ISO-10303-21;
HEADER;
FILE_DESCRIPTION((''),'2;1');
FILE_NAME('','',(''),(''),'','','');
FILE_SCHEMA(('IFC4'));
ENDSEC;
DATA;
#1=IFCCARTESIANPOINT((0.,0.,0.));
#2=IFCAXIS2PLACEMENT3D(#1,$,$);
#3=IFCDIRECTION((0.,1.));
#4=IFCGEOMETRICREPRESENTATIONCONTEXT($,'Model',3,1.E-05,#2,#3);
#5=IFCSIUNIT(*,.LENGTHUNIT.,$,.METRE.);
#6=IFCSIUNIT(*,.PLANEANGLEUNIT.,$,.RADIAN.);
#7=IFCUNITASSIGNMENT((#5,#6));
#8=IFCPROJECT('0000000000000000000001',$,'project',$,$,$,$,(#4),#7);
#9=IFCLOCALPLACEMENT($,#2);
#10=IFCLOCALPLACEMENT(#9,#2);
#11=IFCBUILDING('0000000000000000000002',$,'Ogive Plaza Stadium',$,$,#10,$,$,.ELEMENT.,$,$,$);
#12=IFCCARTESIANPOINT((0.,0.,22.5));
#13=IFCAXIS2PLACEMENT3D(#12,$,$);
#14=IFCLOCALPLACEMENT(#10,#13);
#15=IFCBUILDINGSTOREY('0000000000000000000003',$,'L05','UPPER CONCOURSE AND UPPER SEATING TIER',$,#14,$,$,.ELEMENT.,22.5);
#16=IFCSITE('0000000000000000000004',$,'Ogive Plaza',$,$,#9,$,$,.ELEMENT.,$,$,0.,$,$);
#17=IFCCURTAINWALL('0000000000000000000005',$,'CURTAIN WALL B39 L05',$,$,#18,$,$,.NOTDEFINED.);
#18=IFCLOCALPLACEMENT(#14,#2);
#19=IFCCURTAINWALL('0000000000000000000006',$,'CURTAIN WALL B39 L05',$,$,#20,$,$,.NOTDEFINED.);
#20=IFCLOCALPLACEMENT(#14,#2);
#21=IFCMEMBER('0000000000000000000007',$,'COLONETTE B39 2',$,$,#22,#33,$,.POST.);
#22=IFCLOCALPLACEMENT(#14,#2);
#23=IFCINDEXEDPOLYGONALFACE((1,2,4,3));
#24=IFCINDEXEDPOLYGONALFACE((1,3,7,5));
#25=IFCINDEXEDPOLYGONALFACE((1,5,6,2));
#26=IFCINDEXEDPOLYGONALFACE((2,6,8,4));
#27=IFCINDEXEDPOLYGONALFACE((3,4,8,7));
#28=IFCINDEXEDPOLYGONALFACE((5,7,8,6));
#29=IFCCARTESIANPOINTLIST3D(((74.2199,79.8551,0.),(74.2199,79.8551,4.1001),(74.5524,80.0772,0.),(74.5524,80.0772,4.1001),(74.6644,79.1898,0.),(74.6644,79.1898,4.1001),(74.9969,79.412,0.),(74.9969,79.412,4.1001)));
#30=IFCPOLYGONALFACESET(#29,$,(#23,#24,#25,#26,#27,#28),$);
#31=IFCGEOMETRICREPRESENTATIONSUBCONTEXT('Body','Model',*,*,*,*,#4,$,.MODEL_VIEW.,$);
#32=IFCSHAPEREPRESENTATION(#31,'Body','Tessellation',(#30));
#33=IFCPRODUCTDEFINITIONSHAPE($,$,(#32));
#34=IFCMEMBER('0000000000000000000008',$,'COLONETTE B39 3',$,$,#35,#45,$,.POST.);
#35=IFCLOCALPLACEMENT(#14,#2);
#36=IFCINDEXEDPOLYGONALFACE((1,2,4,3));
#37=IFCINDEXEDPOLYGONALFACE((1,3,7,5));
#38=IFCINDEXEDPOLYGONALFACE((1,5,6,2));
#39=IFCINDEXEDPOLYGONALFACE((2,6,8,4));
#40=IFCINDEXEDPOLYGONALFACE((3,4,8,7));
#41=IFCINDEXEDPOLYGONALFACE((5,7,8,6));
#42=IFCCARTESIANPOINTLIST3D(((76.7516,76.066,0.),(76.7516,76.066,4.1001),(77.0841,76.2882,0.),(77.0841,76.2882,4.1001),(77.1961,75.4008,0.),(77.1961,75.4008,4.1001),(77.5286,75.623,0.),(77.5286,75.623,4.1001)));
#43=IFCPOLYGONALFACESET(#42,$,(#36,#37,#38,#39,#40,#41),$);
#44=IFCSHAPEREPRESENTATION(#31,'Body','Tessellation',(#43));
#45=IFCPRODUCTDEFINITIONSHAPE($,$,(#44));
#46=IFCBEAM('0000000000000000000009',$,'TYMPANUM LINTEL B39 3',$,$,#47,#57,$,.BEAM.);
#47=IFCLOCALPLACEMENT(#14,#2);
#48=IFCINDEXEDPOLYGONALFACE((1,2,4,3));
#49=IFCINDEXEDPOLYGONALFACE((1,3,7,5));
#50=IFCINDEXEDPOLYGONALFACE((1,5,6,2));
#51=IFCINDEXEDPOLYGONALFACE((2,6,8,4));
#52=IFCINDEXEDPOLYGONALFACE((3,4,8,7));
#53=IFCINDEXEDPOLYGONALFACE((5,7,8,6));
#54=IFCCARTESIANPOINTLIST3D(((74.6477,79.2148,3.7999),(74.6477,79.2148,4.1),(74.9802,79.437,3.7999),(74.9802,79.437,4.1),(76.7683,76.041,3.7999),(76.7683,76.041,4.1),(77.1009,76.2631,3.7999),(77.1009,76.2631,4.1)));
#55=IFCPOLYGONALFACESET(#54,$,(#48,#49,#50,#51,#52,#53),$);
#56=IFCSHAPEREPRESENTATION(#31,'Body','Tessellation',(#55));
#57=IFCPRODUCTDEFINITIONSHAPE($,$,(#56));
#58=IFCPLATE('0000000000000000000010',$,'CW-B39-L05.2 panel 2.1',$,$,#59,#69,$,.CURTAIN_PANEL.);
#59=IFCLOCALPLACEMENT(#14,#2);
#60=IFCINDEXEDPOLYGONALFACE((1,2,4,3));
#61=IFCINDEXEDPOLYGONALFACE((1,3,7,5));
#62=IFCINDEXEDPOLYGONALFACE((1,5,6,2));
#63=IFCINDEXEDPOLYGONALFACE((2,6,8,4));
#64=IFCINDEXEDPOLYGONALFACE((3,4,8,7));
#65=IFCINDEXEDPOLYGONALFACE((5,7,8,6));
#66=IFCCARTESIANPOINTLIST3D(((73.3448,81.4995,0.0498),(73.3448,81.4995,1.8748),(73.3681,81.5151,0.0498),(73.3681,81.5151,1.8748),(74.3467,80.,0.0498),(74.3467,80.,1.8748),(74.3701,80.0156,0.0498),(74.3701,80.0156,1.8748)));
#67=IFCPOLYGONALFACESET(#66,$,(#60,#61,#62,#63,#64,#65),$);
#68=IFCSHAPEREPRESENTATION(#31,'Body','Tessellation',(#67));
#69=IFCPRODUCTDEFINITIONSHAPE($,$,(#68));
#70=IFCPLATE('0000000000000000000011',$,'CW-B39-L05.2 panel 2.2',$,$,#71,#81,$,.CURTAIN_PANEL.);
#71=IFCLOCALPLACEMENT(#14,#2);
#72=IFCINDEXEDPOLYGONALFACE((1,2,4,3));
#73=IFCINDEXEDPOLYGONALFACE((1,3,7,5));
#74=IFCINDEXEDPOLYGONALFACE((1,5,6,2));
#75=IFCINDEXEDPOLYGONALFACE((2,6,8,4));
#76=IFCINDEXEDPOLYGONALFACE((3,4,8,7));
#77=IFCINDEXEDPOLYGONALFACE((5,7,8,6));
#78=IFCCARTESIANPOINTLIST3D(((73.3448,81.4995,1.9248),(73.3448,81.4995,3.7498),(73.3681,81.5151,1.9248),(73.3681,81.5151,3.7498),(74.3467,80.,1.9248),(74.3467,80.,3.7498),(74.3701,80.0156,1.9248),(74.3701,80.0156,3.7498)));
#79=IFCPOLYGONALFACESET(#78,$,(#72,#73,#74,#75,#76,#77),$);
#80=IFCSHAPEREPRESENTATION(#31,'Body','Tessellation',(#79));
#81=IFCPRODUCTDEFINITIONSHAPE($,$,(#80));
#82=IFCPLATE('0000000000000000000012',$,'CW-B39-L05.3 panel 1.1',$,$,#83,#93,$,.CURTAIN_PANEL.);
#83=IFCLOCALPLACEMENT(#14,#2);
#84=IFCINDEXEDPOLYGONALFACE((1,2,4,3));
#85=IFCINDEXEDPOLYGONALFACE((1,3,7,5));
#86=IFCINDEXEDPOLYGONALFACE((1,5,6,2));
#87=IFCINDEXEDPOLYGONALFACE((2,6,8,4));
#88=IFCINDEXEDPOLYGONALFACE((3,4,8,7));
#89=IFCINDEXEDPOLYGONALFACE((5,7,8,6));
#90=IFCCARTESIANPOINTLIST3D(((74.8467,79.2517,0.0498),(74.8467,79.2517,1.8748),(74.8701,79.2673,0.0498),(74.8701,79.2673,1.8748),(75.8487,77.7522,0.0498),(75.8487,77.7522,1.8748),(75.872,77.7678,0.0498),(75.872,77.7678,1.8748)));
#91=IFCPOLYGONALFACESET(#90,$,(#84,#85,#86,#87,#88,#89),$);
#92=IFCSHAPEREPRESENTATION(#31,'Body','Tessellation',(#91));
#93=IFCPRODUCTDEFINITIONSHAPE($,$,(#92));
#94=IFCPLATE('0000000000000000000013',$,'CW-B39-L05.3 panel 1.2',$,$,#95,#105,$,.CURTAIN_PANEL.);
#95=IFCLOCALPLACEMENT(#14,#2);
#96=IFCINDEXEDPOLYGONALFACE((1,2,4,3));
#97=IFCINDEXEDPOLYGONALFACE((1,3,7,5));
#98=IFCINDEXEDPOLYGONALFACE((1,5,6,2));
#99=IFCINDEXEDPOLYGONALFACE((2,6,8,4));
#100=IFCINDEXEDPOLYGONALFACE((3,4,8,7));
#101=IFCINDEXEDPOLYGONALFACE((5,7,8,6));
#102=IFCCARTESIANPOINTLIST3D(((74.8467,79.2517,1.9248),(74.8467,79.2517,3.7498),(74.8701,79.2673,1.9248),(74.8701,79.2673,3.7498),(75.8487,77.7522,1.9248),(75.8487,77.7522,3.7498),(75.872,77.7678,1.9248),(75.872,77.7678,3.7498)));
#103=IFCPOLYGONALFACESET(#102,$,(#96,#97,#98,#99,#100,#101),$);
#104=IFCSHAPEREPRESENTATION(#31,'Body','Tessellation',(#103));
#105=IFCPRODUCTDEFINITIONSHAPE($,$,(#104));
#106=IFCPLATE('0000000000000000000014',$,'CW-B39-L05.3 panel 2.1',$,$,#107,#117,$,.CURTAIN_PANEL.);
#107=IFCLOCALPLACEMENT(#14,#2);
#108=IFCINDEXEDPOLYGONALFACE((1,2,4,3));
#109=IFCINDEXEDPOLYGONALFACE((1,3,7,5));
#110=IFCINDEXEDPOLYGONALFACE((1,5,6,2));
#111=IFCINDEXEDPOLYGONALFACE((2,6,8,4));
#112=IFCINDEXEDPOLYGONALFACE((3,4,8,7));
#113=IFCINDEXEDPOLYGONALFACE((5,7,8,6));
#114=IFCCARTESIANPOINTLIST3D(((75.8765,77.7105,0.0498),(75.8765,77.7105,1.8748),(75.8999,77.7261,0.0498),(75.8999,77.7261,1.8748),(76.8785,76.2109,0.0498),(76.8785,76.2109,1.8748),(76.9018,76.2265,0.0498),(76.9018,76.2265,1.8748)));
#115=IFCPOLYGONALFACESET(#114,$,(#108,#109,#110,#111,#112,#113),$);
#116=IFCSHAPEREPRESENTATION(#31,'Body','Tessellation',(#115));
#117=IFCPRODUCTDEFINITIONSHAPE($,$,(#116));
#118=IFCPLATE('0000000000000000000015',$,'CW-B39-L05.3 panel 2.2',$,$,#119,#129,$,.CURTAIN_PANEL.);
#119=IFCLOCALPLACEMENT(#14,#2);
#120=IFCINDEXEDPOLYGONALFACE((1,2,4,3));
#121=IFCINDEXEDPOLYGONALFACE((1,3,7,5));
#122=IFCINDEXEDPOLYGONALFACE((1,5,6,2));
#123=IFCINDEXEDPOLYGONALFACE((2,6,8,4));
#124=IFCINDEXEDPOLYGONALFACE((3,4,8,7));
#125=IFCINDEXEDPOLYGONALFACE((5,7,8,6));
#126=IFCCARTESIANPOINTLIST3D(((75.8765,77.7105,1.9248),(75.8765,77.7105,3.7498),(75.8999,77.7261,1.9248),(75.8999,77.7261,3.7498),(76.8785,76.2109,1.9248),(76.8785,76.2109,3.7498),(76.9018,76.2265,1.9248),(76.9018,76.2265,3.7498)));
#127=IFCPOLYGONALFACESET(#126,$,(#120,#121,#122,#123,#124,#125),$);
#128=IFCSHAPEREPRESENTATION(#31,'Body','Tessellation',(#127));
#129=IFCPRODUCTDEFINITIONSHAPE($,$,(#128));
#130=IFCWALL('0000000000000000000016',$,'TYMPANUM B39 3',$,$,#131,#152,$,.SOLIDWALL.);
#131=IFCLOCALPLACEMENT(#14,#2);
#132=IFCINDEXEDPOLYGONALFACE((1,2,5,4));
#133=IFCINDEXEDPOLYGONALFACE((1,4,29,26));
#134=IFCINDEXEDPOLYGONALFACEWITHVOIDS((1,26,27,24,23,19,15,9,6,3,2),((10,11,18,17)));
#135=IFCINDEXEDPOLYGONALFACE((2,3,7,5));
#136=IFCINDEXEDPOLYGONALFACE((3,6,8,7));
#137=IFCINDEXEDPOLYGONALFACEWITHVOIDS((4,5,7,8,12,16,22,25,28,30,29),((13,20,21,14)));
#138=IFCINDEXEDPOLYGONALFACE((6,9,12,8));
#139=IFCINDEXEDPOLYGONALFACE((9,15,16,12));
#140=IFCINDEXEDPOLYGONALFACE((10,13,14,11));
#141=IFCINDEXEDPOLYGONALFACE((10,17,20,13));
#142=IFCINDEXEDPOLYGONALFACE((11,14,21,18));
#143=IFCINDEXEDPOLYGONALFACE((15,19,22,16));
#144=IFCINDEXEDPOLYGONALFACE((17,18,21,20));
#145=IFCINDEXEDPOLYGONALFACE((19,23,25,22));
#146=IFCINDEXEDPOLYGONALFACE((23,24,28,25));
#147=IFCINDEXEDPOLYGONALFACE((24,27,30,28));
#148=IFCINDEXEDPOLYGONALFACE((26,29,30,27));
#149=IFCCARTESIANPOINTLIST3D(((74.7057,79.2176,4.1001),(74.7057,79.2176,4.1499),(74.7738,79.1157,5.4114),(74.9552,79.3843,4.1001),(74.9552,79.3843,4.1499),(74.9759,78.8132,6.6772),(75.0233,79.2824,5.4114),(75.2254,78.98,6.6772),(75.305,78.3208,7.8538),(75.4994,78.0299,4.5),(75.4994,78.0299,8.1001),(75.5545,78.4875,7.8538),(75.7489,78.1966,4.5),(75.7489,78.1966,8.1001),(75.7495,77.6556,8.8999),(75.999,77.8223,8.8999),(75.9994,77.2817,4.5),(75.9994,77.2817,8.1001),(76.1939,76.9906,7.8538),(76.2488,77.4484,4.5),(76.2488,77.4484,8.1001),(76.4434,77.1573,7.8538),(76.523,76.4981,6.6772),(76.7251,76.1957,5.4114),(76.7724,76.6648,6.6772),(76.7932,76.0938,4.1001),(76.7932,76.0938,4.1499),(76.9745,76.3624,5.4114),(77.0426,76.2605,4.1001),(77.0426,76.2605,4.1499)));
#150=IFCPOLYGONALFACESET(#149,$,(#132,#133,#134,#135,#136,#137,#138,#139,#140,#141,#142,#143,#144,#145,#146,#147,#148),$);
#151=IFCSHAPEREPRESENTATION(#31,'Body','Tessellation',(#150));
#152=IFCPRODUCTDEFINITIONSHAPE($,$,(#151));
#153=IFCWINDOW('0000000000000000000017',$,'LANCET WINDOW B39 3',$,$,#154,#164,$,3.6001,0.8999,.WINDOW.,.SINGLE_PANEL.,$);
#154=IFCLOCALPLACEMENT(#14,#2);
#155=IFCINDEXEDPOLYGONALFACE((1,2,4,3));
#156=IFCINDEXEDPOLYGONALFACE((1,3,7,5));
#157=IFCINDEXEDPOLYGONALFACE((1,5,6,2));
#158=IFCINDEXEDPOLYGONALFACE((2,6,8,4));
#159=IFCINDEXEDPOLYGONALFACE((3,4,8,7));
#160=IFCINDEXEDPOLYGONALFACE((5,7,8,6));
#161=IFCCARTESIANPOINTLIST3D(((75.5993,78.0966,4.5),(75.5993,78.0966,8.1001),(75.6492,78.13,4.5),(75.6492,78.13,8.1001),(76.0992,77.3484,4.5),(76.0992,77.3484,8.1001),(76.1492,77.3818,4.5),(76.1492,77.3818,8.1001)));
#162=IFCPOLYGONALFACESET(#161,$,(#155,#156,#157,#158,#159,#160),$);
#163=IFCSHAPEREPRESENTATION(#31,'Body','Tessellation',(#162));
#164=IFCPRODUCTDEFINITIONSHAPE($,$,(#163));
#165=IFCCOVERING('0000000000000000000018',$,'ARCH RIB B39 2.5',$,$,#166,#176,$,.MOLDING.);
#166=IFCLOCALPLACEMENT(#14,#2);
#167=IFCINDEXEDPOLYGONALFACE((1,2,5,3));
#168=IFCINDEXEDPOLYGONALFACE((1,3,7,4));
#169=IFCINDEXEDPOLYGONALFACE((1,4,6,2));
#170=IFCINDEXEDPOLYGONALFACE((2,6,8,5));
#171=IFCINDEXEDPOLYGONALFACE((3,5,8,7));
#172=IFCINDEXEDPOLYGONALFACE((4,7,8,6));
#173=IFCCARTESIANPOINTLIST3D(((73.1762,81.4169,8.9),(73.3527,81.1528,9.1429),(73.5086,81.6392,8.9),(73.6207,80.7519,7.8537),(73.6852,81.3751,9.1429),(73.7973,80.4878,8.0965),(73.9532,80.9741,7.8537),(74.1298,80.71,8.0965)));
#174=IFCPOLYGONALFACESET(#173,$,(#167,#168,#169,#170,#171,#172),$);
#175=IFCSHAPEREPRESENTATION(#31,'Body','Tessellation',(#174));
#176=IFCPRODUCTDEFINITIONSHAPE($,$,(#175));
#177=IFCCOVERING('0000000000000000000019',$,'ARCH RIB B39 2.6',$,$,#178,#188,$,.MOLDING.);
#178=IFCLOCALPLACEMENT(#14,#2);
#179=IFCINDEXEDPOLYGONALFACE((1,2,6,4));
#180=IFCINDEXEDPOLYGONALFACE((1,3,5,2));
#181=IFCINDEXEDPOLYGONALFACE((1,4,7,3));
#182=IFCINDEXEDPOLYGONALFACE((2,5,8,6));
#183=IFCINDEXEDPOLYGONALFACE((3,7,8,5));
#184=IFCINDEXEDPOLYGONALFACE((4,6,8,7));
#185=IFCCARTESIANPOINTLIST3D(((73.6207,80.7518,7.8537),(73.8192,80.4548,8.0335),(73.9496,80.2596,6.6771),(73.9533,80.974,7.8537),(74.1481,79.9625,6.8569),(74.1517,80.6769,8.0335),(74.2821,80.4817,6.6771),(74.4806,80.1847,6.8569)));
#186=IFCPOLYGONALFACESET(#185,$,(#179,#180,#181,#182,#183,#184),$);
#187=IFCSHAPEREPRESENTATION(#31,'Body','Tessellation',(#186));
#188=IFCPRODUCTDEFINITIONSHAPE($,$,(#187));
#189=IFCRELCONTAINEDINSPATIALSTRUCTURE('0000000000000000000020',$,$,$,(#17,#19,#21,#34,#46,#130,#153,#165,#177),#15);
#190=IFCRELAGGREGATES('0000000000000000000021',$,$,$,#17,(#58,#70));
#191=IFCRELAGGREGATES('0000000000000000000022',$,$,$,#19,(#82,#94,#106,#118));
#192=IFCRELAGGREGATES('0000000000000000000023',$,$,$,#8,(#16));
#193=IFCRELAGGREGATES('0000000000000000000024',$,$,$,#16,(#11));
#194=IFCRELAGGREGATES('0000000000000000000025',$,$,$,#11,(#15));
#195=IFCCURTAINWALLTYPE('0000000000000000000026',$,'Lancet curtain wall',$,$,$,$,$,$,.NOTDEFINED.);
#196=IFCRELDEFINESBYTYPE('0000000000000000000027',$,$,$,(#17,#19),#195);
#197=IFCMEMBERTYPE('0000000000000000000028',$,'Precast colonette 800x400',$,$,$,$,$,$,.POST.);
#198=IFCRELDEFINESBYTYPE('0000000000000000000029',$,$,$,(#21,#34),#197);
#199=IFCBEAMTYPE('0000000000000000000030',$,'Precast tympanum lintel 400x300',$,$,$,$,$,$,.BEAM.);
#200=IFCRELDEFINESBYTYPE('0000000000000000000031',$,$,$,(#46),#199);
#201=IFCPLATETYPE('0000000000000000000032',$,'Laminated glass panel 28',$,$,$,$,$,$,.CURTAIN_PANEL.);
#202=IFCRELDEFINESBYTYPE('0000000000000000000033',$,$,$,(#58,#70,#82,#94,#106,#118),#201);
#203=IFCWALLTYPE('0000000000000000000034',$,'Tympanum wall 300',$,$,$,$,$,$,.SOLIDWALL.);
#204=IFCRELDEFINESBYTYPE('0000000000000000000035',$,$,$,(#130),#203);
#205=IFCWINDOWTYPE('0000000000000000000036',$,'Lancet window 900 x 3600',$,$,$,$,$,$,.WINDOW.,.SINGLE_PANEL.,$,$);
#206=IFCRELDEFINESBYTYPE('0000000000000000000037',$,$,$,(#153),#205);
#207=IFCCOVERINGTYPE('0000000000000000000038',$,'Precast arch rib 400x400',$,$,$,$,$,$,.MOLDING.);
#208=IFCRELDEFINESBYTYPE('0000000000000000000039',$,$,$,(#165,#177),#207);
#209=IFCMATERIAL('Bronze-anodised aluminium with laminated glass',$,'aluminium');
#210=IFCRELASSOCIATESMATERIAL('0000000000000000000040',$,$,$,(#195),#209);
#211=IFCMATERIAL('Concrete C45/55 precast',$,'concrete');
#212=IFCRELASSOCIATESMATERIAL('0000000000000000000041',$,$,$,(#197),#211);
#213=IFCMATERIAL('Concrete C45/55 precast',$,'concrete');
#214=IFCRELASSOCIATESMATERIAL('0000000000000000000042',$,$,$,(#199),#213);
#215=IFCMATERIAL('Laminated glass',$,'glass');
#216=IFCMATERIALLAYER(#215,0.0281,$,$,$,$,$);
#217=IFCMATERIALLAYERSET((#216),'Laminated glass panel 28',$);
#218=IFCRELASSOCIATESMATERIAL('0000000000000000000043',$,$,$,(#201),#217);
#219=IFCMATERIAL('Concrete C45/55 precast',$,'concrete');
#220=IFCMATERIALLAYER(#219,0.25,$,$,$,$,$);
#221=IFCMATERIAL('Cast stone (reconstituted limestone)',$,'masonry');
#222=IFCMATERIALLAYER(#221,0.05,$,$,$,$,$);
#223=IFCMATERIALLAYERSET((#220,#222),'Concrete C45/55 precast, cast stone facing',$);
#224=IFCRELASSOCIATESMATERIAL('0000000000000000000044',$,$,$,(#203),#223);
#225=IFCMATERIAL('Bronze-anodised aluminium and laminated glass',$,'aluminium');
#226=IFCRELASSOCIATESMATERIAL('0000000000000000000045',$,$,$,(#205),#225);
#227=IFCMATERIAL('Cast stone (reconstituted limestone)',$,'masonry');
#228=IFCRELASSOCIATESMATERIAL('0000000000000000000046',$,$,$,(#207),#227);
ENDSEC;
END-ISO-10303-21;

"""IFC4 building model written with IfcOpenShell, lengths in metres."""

from ifc_helpers import new_model, si_unit, direction, frame, frame_2d, origin, origin_2d, place, context, subcontext, project, spatial, polyline, rectangle, outline, extrude, material, layer, layer_set, material_profile, profile_set, type_object, element, fill, aggregate, save


model = new_model("IFC4")

# Units and contexts
model_context = context("Model", 3, precision=1e-05, world=origin(), true_north=direction((0.0, 1.0)))
body_context = subcontext(model_context, "Body", "Model", "MODEL_VIEW")
ifc_project = project(units=[si_unit("LENGTHUNIT", "METRE"), si_unit("PLANEANGLEUNIT", "RADIAN")], contexts=[model_context])

# Site, building, storey
site_placement = place(None, origin())
site = spatial("IfcSite", under=ifc_project, at=site_placement, Name="Ogive Plaza", CompositionType="ELEMENT", RefElevation=0.0)
building_placement = place(site_placement, origin())
building = spatial("IfcBuilding", under=site, at=building_placement, Name="Ogive Plaza Stadium", CompositionType="ELEMENT")
storey_placement = place(building_placement, frame((0.0, 0.0, 22.5)))
storey = spatial("IfcBuildingStorey", under=building, at=storey_placement, Name="L05", Description="UPPER CONCOURSE AND UPPER SEATING TIER", CompositionType="ELEMENT", Elevation=22.5)

# Curtain walls
ifc_material_1 = material(Name="Bronze-anodised aluminium with laminated glass", Category="aluminium")
curtain_wall_type = type_object("IfcCurtainWallType", Name="Lancet curtain wall", PredefinedType="NOTDEFINED", material=ifc_material_1)
curtain_wall_1_placement = place(storey_placement, origin())
curtain_wall_1 = element("IfcCurtainWall", 1, at=curtain_wall_1_placement, inside=storey, type_object=curtain_wall_type, Name="CURTAIN WALL B39 L05", PredefinedType="NOTDEFINED")
curtain_wall_2_placement = place(storey_placement, origin())
curtain_wall_2 = element("IfcCurtainWall", 2, at=curtain_wall_2_placement, inside=storey, type_object=curtain_wall_type, Name="CURTAIN WALL B39 L05", PredefinedType="NOTDEFINED")

# Members
ifc_material_2 = material(Name="Concrete C45/55 precast", Category="concrete")
ifc_material_profile_1 = material_profile(ifc_material_2, rectangle(XDim=0.3999, YDim=0.8, at=origin_2d()), Name="RC 400x800")
ifc_profile_set_1 = profile_set([ifc_material_profile_1], Name="Concrete C45/55 precast")
member_type_1 = type_object("IfcMemberType", Name="Precast colonette 800x400", PredefinedType="POST", material=ifc_profile_set_1)
for number, where, z_axis, x_axis, name in (
    (3, (74.6084, 79.6335, 0.0), (0.0, 0.0, 1.0), (0.83147, 0.55557, 0.0), "COLONETTE B39 2"),
    (4, (77.1401, 75.8445, 0.0), (0.0, 0.0, 1.0), (0.83147, 0.55557, 0.0), "COLONETTE B39 3"),
):
    element("IfcMember", number, at=place(storey_placement, frame(where, z_axis=z_axis, x_axis=x_axis)), inside=storey, type_object=member_type_1, Name=name, PredefinedType="POST", context=body_context, shape_type="SweptSolid", body=[
        extrude(rectangle(XDim=0.3999, YDim=0.8, at=origin_2d()), origin(), (0.0, 0.0, 1.0), 4.1001),
    ])

# Beam
ifc_material_3 = material(Name="Concrete C45/55 precast", Category="concrete")
ifc_material_profile_2 = material_profile(ifc_material_3, rectangle(XDim=0.3999, YDim=0.3, at=origin_2d()), Name="RC 400x300")
ifc_profile_set_2 = profile_set([ifc_material_profile_2], Name="Concrete C45/55 precast")
beam_type = type_object("IfcBeamType", Name="Precast tympanum lintel 400x300", PredefinedType="BEAM", material=ifc_profile_set_2)
beam_placement = place(storey_placement, frame((74.814, 79.3259, 3.95), z_axis=(0.555556, -0.831479, 0.0), x_axis=(0.831479, 0.555556, 0.0)))
element("IfcBeam", 5, at=beam_placement, inside=storey, type_object=beam_type, Name="TYMPANUM LINTEL B39 3", PredefinedType="BEAM", context=body_context, shape_type="SweptSolid", body=[
    extrude(rectangle(XDim=0.3999, YDim=0.3, at=origin_2d()), origin(), (0.0, 0.0, 1.0), 3.8171),
])

# Plates
ifc_material_4 = material(Name="Laminated glass", Category="glass")
ifc_layer_1 = layer(ifc_material_4, 0.0281)
ifc_layer_set_1 = layer_set([ifc_layer_1], Name="Laminated glass panel 28")
plate_type = type_object("IfcPlateType", Name="Laminated glass panel 28", PredefinedType="CURTAIN_PANEL", material=ifc_layer_set_1)
plate_1_placement = place(storey_placement, frame((73.8574, 80.7576, 0.0498), z_axis=(0.0, 0.0, 1.0), x_axis=(0.55557, -0.83147, 0.0)))
plate_1 = element("IfcPlate", 6, at=plate_1_placement, type_object=plate_type, Name="CW-B39-L05.2 panel 2.1", PredefinedType="CURTAIN_PANEL", context=body_context, shape_type="SweptSolid", body=[
    extrude(rectangle(XDim=1.8035, YDim=0.0281, at=origin_2d()), origin(), (0.0, 0.0, 1.0), 1.825),
])
plate_2_placement = place(storey_placement, frame((73.8574, 80.7576, 1.9248), z_axis=(0.0, 0.0, 1.0), x_axis=(0.55557, -0.83147, 0.0)))
plate_2 = element("IfcPlate", 7, at=plate_2_placement, type_object=plate_type, Name="CW-B39-L05.2 panel 2.2", PredefinedType="CURTAIN_PANEL", context=body_context, shape_type="SweptSolid", body=[
    extrude(rectangle(XDim=1.8035, YDim=0.0281, at=origin_2d()), origin(), (0.0, 0.0, 1.0), 1.825),
])
aggregate(curtain_wall_1, [plate_1, plate_2])
plate_3_placement = place(storey_placement, frame((75.3594, 78.5098, 0.0498), z_axis=(0.0, 0.0, 1.0), x_axis=(0.55557, -0.83147, 0.0)))
plate_3 = element("IfcPlate", 8, at=plate_3_placement, type_object=plate_type, Name="CW-B39-L05.3 panel 1.1", PredefinedType="CURTAIN_PANEL", context=body_context, shape_type="SweptSolid", body=[
    extrude(rectangle(XDim=1.8035, YDim=0.0281, at=origin_2d()), origin(), (0.0, 0.0, 1.0), 1.825),
])
plate_4_placement = place(storey_placement, frame((75.3594, 78.5098, 1.9248), z_axis=(0.0, 0.0, 1.0), x_axis=(0.55557, -0.83147, 0.0)))
plate_4 = element("IfcPlate", 9, at=plate_4_placement, type_object=plate_type, Name="CW-B39-L05.3 panel 1.2", PredefinedType="CURTAIN_PANEL", context=body_context, shape_type="SweptSolid", body=[
    extrude(rectangle(XDim=1.8035, YDim=0.0281, at=origin_2d()), origin(), (0.0, 0.0, 1.0), 1.825),
])
plate_5_placement = place(storey_placement, frame((76.3892, 76.9685, 0.0498), z_axis=(0.0, 0.0, 1.0), x_axis=(0.55557, -0.83147, 0.0)))
plate_5 = element("IfcPlate", 10, at=plate_5_placement, type_object=plate_type, Name="CW-B39-L05.3 panel 2.1", PredefinedType="CURTAIN_PANEL", context=body_context, shape_type="SweptSolid", body=[
    extrude(rectangle(XDim=1.8035, YDim=0.0281, at=origin_2d()), origin(), (0.0, 0.0, 1.0), 1.825),
])
plate_6_placement = place(storey_placement, frame((76.3892, 76.9685, 1.9248), z_axis=(0.0, 0.0, 1.0), x_axis=(0.55557, -0.83147, 0.0)))
plate_6 = element("IfcPlate", 11, at=plate_6_placement, type_object=plate_type, Name="CW-B39-L05.3 panel 2.2", PredefinedType="CURTAIN_PANEL", context=body_context, shape_type="SweptSolid", body=[
    extrude(rectangle(XDim=1.8035, YDim=0.0281, at=origin_2d()), origin(), (0.0, 0.0, 1.0), 1.825),
])
aggregate(curtain_wall_2, [plate_3, plate_4, plate_5, plate_6])

# Wall, opening, window
ifc_material_5 = material(Name="Concrete C45/55 precast", Category="concrete")
ifc_layer_2 = layer(ifc_material_5, 0.25)
ifc_material_6 = material(Name="Cast stone (reconstituted limestone)", Category="masonry")
ifc_layer_3 = layer(ifc_material_6, 0.05)
ifc_layer_set_2 = layer_set([ifc_layer_2, ifc_layer_3], Name="Concrete C45/55 precast, cast stone facing")
wall_type = type_object("IfcWallType", Name="Tympanum wall 300", PredefinedType="SOLIDWALL", material=ifc_layer_set_2)
wall_placement = place(storey_placement, frame((74.8306, 79.301, 4.1001), z_axis=(0.0, 0.0, 1.0), x_axis=(0.5556, -0.83145, 0.0)))
wall = element("IfcWall", 12, at=wall_placement, inside=storey, type_object=wall_type, Name="TYMPANUM B39 3", PredefinedType="SOLIDWALL", context=body_context, shape_type="SweptSolid", body=[
    extrude(outline(polyline([(0.0, 0.0), (3.7571, 0.0), (3.7571, 0.0498), (3.6345, 1.3113), (3.2708, 2.5771), (2.6785, 3.7537), (1.8787, 4.7998), (1.0786, 3.7537), (0.4863, 2.5771), (0.1226, 1.3113), (0.0, 0.0498), (0.0, 0.0)])), frame((0.0, 0.1499, 0.0), z_axis=(0.0, -1.0, 0.0), x_axis=(1.0, 0.0, 0.0)), (0.0, 0.0, 1.0), 0.3),
])
opening_placement = place(wall_placement, frame((1.4285, 0.0, 0.3999)))
opening = element("IfcOpeningElement", 13, at=opening_placement, cuts=wall, PredefinedType="OPENING", context=body_context, shape_type="SweptSolid", body=[
    extrude(rectangle(XDim=0.8999, YDim=3.6001, at=frame_2d((0.45, 1.8))), frame((0.0, 0.1602, 0.0), z_axis=(0.0, -1.0, 0.0), x_axis=(1.0, 0.0, 0.0)), (0.0, 0.0, 1.0), 0.3201),
])
ifc_material_7 = material(Name="Bronze-anodised aluminium and laminated glass", Category="aluminium")
window_type = type_object("IfcWindowType", Name="Lancet window 900 x 3600", PartitioningType="SINGLE_PANEL", PredefinedType="WINDOW", material=ifc_material_7)
window_placement = place(opening_placement, origin())
window = element("IfcWindow", 14, at=window_placement, inside=storey, type_object=window_type, Name="LANCET WINDOW B39 3", OverallHeight=3.6001, OverallWidth=0.8999, PartitioningType="SINGLE_PANEL", PredefinedType="WINDOW", context=body_context, shape_type="SweptSolid", body=[
    extrude(rectangle(XDim=0.8999, YDim=3.6001, at=frame_2d((0.45, 1.8))), frame((0.0, 0.03, 0.0), z_axis=(0.0, -1.0, 0.0), x_axis=(1.0, 0.0, 0.0)), (0.0, 0.0, 1.0), 0.0601),
])
fill(opening, window)

# Coverings
ifc_material_8 = material(Name="Cast stone (reconstituted limestone)", Category="masonry")
ifc_material_profile_3 = material_profile(ifc_material_8, rectangle(XDim=0.3999, YDim=0.3999, at=origin_2d()), Name="Cast stone 400x400")
ifc_profile_set_3 = profile_set([ifc_material_profile_3], Name="Cast stone (reconstituted limestone)")
covering_type_1 = type_object("IfcCoveringType", Name="Precast arch rib 400x400", PredefinedType="MOLDING", material=ifc_profile_set_3)
for number, where, z_axis, x_axis, name in (
    (15, (73.4307, 81.396, 9.0215), (0.337535, -0.504912, -0.794439), (0.831345, 0.555756, 0.0), "ARCH RIB B39 2.5"),
    (16, (73.8862, 80.7144, 7.9436), (0.249695, -0.373709, -0.893305), (0.831479, 0.555557, 0.0), "ARCH RIB B39 2.6"),
):
    element("IfcCovering", number, at=place(storey_placement, frame(where, z_axis=z_axis, x_axis=x_axis)), inside=storey, type_object=covering_type_1, Name=name, PredefinedType="MOLDING", context=body_context, shape_type="SweptSolid", body=[
        extrude(rectangle(XDim=0.3999, YDim=0.3999, at=origin_2d()), origin(), (0.0, 0.0, 1.0), 1.3171),
    ])

save(model, "model.ifc")
